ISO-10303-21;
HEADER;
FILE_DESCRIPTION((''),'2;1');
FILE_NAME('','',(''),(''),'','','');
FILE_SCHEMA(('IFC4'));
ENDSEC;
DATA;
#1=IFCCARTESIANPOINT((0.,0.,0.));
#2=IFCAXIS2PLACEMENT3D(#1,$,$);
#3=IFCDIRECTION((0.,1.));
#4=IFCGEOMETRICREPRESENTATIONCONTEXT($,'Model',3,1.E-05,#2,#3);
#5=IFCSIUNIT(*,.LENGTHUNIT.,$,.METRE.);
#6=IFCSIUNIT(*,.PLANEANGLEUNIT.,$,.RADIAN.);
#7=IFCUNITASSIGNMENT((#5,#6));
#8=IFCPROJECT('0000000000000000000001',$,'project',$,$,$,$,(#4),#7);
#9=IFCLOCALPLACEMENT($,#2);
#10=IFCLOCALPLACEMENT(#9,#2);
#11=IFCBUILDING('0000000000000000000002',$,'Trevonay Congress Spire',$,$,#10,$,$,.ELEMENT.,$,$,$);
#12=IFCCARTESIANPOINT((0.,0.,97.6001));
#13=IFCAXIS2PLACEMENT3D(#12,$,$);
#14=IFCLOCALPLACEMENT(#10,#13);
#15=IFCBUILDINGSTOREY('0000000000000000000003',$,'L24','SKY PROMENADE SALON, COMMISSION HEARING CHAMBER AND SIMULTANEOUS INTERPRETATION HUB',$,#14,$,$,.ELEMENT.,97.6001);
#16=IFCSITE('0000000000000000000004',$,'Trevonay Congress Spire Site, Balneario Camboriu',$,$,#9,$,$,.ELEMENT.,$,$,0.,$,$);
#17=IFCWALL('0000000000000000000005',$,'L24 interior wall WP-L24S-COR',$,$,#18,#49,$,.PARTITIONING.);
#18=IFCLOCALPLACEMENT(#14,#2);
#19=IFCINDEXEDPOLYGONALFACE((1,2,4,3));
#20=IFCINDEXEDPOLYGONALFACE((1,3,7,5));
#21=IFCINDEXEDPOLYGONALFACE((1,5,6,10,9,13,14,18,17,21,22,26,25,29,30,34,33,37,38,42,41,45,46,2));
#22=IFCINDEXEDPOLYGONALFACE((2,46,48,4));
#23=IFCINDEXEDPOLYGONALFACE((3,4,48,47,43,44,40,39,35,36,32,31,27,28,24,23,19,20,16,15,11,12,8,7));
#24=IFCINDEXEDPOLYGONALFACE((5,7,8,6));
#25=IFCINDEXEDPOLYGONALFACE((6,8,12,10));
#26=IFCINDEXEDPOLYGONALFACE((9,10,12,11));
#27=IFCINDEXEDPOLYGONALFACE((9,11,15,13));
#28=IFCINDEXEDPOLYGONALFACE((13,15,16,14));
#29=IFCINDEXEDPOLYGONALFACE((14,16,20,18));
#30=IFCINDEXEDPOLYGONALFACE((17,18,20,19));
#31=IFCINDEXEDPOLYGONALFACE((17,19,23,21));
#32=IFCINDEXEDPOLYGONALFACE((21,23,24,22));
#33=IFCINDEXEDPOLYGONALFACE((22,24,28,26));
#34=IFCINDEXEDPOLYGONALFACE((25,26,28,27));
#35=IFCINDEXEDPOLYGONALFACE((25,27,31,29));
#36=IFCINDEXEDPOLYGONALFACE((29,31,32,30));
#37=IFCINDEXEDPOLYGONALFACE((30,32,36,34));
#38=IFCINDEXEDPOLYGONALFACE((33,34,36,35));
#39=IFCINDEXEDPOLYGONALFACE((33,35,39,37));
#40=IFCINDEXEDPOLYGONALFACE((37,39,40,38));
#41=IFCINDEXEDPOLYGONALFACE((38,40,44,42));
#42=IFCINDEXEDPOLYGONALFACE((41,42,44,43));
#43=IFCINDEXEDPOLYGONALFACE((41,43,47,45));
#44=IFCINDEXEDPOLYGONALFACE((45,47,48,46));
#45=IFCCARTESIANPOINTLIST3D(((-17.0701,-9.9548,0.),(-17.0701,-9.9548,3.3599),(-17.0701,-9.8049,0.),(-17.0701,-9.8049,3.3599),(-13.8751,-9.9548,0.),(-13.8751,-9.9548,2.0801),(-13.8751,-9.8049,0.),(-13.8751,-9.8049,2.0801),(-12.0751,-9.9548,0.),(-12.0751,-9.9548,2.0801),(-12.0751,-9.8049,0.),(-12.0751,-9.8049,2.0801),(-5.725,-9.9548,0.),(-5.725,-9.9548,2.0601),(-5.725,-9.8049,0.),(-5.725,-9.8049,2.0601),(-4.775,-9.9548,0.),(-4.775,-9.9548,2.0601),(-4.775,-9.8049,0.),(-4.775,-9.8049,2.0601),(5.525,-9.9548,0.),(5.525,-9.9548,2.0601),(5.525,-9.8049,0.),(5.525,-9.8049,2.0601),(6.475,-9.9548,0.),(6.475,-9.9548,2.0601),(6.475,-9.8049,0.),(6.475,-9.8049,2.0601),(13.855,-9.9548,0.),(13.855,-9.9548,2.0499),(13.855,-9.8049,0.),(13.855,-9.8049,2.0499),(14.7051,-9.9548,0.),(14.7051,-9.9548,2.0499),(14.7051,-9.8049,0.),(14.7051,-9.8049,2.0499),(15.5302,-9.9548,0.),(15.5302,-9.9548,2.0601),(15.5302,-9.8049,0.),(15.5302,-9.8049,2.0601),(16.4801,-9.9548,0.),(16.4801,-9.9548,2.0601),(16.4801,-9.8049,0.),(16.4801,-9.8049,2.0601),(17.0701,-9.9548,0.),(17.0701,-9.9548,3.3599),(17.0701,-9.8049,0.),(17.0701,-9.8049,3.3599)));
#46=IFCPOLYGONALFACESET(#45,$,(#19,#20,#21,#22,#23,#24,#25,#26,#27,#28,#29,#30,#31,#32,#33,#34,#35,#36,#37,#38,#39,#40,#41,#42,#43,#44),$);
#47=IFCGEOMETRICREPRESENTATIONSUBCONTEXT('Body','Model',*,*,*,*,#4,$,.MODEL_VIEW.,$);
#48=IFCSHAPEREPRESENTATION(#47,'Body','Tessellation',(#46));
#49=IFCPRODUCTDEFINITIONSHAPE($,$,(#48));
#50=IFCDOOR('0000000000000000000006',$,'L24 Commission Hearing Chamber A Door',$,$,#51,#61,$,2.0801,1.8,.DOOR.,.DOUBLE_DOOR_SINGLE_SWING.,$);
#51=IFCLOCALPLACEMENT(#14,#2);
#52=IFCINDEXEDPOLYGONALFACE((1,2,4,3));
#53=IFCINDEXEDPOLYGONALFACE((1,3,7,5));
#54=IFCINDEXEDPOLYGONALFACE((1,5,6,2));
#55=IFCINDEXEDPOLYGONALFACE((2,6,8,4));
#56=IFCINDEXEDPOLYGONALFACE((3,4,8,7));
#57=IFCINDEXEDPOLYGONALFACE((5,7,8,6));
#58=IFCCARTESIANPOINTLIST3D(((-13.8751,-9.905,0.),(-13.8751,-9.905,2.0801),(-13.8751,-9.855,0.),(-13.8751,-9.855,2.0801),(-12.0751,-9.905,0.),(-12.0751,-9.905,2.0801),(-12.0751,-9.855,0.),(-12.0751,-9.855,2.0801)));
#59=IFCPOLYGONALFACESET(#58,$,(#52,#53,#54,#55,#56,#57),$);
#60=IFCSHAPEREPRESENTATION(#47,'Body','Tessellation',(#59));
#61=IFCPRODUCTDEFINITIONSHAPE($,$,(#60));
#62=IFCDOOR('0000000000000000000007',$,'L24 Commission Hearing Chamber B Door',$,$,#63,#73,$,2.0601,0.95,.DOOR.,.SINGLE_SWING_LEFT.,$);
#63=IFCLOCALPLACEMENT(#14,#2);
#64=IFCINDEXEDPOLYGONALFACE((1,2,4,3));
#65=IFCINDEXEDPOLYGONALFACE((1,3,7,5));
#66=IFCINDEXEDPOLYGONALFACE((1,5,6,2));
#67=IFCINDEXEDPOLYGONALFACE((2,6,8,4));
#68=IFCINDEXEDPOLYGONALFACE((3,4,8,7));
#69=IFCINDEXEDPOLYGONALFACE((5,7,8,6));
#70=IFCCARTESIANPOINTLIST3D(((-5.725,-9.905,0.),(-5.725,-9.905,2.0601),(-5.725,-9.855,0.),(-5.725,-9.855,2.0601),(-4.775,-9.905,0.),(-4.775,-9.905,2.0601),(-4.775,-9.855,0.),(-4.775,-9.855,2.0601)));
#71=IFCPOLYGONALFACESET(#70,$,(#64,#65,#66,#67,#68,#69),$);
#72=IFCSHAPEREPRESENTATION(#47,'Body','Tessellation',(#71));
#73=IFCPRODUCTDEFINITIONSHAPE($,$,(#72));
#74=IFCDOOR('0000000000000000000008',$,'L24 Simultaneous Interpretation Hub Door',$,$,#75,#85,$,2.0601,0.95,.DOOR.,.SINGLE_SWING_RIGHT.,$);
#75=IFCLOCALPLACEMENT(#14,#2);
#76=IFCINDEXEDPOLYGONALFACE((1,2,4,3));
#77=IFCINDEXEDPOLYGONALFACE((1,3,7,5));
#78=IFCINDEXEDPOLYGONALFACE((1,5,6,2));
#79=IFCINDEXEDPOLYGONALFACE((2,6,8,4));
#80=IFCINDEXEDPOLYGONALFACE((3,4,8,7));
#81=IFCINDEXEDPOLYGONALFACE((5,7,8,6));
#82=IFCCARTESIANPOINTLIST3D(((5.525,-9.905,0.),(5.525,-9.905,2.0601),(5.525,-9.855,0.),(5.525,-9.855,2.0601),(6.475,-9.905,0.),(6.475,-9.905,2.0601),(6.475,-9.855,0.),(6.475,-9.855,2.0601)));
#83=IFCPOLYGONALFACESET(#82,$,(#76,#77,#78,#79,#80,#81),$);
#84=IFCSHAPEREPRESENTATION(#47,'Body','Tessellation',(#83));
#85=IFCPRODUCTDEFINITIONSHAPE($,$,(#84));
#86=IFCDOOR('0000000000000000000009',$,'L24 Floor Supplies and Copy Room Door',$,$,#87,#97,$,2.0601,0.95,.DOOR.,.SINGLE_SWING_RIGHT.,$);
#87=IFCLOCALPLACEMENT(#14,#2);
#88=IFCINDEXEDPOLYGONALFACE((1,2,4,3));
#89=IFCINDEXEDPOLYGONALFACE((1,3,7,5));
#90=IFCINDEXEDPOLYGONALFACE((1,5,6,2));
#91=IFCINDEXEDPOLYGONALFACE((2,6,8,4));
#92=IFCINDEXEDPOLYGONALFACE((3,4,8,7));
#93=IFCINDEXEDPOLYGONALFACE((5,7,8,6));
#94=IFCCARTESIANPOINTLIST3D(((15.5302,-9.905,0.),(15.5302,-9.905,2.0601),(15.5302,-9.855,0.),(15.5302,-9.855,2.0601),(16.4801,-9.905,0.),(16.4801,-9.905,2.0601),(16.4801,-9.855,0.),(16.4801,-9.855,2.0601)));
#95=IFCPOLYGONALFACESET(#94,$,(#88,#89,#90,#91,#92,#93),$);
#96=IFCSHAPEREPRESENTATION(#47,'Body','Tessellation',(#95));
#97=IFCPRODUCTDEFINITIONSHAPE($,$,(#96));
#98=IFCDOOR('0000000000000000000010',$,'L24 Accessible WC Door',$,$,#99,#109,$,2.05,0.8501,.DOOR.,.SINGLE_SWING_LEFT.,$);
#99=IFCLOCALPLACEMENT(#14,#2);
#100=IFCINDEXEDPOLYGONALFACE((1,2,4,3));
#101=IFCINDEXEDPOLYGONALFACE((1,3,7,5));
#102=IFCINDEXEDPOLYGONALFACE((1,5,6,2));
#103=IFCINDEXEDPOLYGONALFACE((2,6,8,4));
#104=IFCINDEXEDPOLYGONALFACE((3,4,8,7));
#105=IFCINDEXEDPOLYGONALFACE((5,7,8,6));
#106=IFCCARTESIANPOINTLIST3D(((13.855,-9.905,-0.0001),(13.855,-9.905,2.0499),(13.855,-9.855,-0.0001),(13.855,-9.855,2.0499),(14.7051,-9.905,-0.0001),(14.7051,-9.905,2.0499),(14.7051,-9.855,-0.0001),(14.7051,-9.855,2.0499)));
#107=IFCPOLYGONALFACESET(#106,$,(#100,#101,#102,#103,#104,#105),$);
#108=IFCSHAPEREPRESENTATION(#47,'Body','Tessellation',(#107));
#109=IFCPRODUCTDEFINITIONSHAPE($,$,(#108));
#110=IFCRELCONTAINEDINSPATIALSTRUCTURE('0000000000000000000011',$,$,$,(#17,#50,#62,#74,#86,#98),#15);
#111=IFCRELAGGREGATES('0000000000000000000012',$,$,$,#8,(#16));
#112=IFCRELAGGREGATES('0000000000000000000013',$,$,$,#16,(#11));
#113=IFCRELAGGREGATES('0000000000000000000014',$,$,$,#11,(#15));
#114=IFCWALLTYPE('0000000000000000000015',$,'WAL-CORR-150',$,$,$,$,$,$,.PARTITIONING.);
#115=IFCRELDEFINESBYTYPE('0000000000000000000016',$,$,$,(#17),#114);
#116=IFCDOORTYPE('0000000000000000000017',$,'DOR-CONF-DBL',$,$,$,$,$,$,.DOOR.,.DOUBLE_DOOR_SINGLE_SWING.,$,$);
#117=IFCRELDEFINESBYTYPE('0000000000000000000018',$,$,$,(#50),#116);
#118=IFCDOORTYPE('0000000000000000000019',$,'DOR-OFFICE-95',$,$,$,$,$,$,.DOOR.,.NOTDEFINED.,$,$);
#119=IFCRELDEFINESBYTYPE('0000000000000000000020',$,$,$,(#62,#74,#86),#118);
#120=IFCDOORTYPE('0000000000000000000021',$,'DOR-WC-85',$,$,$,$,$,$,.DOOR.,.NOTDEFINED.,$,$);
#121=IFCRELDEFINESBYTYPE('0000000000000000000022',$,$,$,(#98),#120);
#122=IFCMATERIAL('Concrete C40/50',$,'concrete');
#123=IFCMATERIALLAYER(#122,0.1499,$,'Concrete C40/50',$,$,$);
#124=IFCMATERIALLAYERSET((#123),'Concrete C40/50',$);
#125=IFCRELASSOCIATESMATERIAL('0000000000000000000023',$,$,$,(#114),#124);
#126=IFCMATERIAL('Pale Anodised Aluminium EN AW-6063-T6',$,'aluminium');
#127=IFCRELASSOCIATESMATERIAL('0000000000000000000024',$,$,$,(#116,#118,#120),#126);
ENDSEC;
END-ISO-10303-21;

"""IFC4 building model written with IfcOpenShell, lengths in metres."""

from ifc_helpers import new_model, si_unit, direction, frame, frame_2d, origin, place, context, subcontext, project, spatial, rectangle, extrude, material, layer, layer_set, type_object, element, fill, save


model = new_model("IFC4")

# Units and contexts
model_context = context("Model", 3, precision=1e-05, world=origin(), true_north=direction((0.0, 1.0)))
body_context = subcontext(model_context, "Body", "Model", "MODEL_VIEW")
ifc_project = project(units=[si_unit("LENGTHUNIT", "METRE"), si_unit("PLANEANGLEUNIT", "RADIAN")], contexts=[model_context])

# Site, building, storey
site_placement = place(None, origin())
site = spatial("IfcSite", under=ifc_project, at=site_placement, Name="Trevonay Congress Spire Site, Balneario Camboriu", CompositionType="ELEMENT", RefElevation=0.0)
building_placement = place(site_placement, origin())
building = spatial("IfcBuilding", under=site, at=building_placement, Name="Trevonay Congress Spire", CompositionType="ELEMENT")
storey_placement = place(building_placement, frame((0.0, 0.0, 97.6001)))
storey = spatial("IfcBuildingStorey", under=building, at=storey_placement, Name="L24", Description="SKY PROMENADE SALON, COMMISSION HEARING CHAMBER AND SIMULTANEOUS INTERPRETATION HUB", CompositionType="ELEMENT", Elevation=97.6001)

# Shared definitions
ifc_material_1 = material(Name="Pale Anodised Aluminium EN AW-6063-T6", Category="aluminium")

# Wall, openings, doors
ifc_material_2 = material(Name="Concrete C40/50", Category="concrete")
ifc_layer_1 = layer(ifc_material_2, 0.1499, Name="Concrete C40/50")
ifc_layer_set_1 = layer_set([ifc_layer_1], Name="Concrete C40/50")
wall_type_1 = type_object("IfcWallType", Name="WAL-CORR-150", PredefinedType="PARTITIONING", material=ifc_layer_set_1)
wall_1_placement = place(storey_placement, frame((-17.0701, -9.8799, 0.0), z_axis=(0.0, 0.0, 1.0), x_axis=(1.0, 0.0, 0.0)))
wall_1 = element("IfcWall", 1, at=wall_1_placement, inside=storey, type_object=wall_type_1, Name="L24 interior wall WP-L24S-COR", PredefinedType="PARTITIONING", context=body_context, shape_type="SweptSolid", body=[
    extrude(rectangle(XDim=34.1401, YDim=0.1499, at=frame_2d((17.0701, 0.0))), origin(), (0.0, 0.0, 1.0), 3.3599),
])
opening_1_placement = place(wall_1_placement, frame((3.1951, 0.0, 0.0)))
opening_1 = element("IfcOpeningElement", 2, at=opening_1_placement, cuts=wall_1, PredefinedType="OPENING", context=body_context, shape_type="SweptSolid", body=[
    extrude(rectangle(XDim=1.8, YDim=2.0801, at=frame_2d((0.8999, 1.04))), frame((0.0, 0.085, 0.0), z_axis=(0.0, -1.0, 0.0), x_axis=(1.0, 0.0, 0.0)), (0.0, 0.0, 1.0), 0.1699),
])
opening_2_placement = place(wall_1_placement, frame((11.345, 0.0, 0.0)))
opening_2 = element("IfcOpeningElement", 3, at=opening_2_placement, cuts=wall_1, PredefinedType="OPENING", context=body_context, shape_type="SweptSolid", body=[
    extrude(rectangle(XDim=0.95, YDim=2.0601, at=frame_2d((0.4751, 1.03))), frame((0.0, 0.085, 0.0), z_axis=(0.0, -1.0, 0.0), x_axis=(1.0, 0.0, 0.0)), (0.0, 0.0, 1.0), 0.1699),
])
opening_3_placement = place(wall_1_placement, frame((22.595, 0.0, 0.0)))
opening_3 = element("IfcOpeningElement", 4, at=opening_3_placement, cuts=wall_1, PredefinedType="OPENING", context=body_context, shape_type="SweptSolid", body=[
    extrude(rectangle(XDim=0.95, YDim=2.0601, at=frame_2d((0.4751, 1.03))), frame((0.0, 0.085, 0.0), z_axis=(0.0, -1.0, 0.0), x_axis=(1.0, 0.0, 0.0)), (0.0, 0.0, 1.0), 0.1699),
])
opening_4_placement = place(wall_1_placement, frame((30.925, 0.0, 0.0)))
opening_4 = element("IfcOpeningElement", 5, at=opening_4_placement, cuts=wall_1, PredefinedType="OPENING", context=body_context, shape_type="SweptSolid", body=[
    extrude(rectangle(XDim=0.8501, YDim=2.05, at=frame_2d((0.425, 1.0249))), frame((0.0, 0.085, 0.0), z_axis=(0.0, -1.0, 0.0), x_axis=(1.0, 0.0, 0.0)), (0.0, 0.0, 1.0), 0.1699),
])
opening_5_placement = place(wall_1_placement, frame((32.6001, 0.0, 0.0)))
opening_5 = element("IfcOpeningElement", 6, at=opening_5_placement, cuts=wall_1, PredefinedType="OPENING", context=body_context, shape_type="SweptSolid", body=[
    extrude(rectangle(XDim=0.95, YDim=2.0601, at=frame_2d((0.4751, 1.03))), frame((0.0, 0.085, 0.0), z_axis=(0.0, -1.0, 0.0), x_axis=(1.0, 0.0, 0.0)), (0.0, 0.0, 1.0), 0.1699),
])
door_type_1 = type_object("IfcDoorType", Name="DOR-CONF-DBL", OperationType="DOUBLE_DOOR_SINGLE_SWING", PredefinedType="DOOR", material=ifc_material_1)
door_1_placement = place(opening_1_placement, origin())
door_1 = element("IfcDoor", 7, at=door_1_placement, inside=storey, type_object=door_type_1, Name="L24 Commission Hearing Chamber A Door", OperationType="DOUBLE_DOOR_SINGLE_SWING", OverallHeight=2.0801, OverallWidth=1.8, PredefinedType="DOOR", context=body_context, shape_type="SweptSolid", body=[
    extrude(rectangle(XDim=1.8, YDim=2.0801, at=frame_2d((0.8999, 1.04))), frame((0.0, 0.0249, 0.0), z_axis=(0.0, -1.0, 0.0), x_axis=(1.0, 0.0, 0.0)), (0.0, 0.0, 1.0), 0.05),
])
fill(opening_1, door_1)
door_type_2 = type_object("IfcDoorType", Name="DOR-OFFICE-95", OperationType="NOTDEFINED", PredefinedType="DOOR", material=ifc_material_1)
door_2_placement = place(opening_2_placement, origin())
door_2 = element("IfcDoor", 8, at=door_2_placement, inside=storey, type_object=door_type_2, Name="L24 Commission Hearing Chamber B Door", OperationType="SINGLE_SWING_LEFT", OverallHeight=2.0601, OverallWidth=0.95, PredefinedType="DOOR", context=body_context, shape_type="SweptSolid", body=[
    extrude(rectangle(XDim=0.95, YDim=2.0601, at=frame_2d((0.4751, 1.03))), frame((0.0, 0.0249, 0.0), z_axis=(0.0, -1.0, 0.0), x_axis=(1.0, 0.0, 0.0)), (0.0, 0.0, 1.0), 0.05),
])
fill(opening_2, door_2)
door_3_placement = place(opening_3_placement, origin())
door_3 = element("IfcDoor", 9, at=door_3_placement, inside=storey, type_object=door_type_2, Name="L24 Simultaneous Interpretation Hub Door", OperationType="SINGLE_SWING_RIGHT", OverallHeight=2.0601, OverallWidth=0.95, PredefinedType="DOOR", context=body_context, shape_type="SweptSolid", body=[
    extrude(rectangle(XDim=0.95, YDim=2.0601, at=frame_2d((0.4751, 1.03))), frame((0.0, 0.0249, 0.0), z_axis=(0.0, -1.0, 0.0), x_axis=(1.0, 0.0, 0.0)), (0.0, 0.0, 1.0), 0.05),
])
fill(opening_3, door_3)
door_4_placement = place(opening_5_placement, origin())
door_4 = element("IfcDoor", 10, at=door_4_placement, inside=storey, type_object=door_type_2, Name="L24 Floor Supplies and Copy Room Door", OperationType="SINGLE_SWING_RIGHT", OverallHeight=2.0601, OverallWidth=0.95, PredefinedType="DOOR", context=body_context, shape_type="SweptSolid", body=[
    extrude(rectangle(XDim=0.95, YDim=2.0601, at=frame_2d((0.4751, 1.03))), frame((0.0, 0.0249, 0.0), z_axis=(0.0, -1.0, 0.0), x_axis=(1.0, 0.0, 0.0)), (0.0, 0.0, 1.0), 0.05),
])
fill(opening_5, door_4)
door_type_3 = type_object("IfcDoorType", Name="DOR-WC-85", OperationType="NOTDEFINED", PredefinedType="DOOR", material=ifc_material_1)
door_5_placement = place(opening_4_placement, origin())
door_5 = element("IfcDoor", 11, at=door_5_placement, inside=storey, type_object=door_type_3, Name="L24 Accessible WC Door", OperationType="SINGLE_SWING_LEFT", OverallHeight=2.05, OverallWidth=0.8501, PredefinedType="DOOR", context=body_context, shape_type="SweptSolid", body=[
    extrude(rectangle(XDim=0.8501, YDim=2.05, at=frame_2d((0.425, 1.0249))), frame((0.0, 0.0249, 0.0), z_axis=(0.0, -1.0, 0.0), x_axis=(1.0, 0.0, 0.0)), (0.0, 0.0, 1.0), 0.05),
])
fill(opening_4, door_5)

save(model, "model.ifc")
